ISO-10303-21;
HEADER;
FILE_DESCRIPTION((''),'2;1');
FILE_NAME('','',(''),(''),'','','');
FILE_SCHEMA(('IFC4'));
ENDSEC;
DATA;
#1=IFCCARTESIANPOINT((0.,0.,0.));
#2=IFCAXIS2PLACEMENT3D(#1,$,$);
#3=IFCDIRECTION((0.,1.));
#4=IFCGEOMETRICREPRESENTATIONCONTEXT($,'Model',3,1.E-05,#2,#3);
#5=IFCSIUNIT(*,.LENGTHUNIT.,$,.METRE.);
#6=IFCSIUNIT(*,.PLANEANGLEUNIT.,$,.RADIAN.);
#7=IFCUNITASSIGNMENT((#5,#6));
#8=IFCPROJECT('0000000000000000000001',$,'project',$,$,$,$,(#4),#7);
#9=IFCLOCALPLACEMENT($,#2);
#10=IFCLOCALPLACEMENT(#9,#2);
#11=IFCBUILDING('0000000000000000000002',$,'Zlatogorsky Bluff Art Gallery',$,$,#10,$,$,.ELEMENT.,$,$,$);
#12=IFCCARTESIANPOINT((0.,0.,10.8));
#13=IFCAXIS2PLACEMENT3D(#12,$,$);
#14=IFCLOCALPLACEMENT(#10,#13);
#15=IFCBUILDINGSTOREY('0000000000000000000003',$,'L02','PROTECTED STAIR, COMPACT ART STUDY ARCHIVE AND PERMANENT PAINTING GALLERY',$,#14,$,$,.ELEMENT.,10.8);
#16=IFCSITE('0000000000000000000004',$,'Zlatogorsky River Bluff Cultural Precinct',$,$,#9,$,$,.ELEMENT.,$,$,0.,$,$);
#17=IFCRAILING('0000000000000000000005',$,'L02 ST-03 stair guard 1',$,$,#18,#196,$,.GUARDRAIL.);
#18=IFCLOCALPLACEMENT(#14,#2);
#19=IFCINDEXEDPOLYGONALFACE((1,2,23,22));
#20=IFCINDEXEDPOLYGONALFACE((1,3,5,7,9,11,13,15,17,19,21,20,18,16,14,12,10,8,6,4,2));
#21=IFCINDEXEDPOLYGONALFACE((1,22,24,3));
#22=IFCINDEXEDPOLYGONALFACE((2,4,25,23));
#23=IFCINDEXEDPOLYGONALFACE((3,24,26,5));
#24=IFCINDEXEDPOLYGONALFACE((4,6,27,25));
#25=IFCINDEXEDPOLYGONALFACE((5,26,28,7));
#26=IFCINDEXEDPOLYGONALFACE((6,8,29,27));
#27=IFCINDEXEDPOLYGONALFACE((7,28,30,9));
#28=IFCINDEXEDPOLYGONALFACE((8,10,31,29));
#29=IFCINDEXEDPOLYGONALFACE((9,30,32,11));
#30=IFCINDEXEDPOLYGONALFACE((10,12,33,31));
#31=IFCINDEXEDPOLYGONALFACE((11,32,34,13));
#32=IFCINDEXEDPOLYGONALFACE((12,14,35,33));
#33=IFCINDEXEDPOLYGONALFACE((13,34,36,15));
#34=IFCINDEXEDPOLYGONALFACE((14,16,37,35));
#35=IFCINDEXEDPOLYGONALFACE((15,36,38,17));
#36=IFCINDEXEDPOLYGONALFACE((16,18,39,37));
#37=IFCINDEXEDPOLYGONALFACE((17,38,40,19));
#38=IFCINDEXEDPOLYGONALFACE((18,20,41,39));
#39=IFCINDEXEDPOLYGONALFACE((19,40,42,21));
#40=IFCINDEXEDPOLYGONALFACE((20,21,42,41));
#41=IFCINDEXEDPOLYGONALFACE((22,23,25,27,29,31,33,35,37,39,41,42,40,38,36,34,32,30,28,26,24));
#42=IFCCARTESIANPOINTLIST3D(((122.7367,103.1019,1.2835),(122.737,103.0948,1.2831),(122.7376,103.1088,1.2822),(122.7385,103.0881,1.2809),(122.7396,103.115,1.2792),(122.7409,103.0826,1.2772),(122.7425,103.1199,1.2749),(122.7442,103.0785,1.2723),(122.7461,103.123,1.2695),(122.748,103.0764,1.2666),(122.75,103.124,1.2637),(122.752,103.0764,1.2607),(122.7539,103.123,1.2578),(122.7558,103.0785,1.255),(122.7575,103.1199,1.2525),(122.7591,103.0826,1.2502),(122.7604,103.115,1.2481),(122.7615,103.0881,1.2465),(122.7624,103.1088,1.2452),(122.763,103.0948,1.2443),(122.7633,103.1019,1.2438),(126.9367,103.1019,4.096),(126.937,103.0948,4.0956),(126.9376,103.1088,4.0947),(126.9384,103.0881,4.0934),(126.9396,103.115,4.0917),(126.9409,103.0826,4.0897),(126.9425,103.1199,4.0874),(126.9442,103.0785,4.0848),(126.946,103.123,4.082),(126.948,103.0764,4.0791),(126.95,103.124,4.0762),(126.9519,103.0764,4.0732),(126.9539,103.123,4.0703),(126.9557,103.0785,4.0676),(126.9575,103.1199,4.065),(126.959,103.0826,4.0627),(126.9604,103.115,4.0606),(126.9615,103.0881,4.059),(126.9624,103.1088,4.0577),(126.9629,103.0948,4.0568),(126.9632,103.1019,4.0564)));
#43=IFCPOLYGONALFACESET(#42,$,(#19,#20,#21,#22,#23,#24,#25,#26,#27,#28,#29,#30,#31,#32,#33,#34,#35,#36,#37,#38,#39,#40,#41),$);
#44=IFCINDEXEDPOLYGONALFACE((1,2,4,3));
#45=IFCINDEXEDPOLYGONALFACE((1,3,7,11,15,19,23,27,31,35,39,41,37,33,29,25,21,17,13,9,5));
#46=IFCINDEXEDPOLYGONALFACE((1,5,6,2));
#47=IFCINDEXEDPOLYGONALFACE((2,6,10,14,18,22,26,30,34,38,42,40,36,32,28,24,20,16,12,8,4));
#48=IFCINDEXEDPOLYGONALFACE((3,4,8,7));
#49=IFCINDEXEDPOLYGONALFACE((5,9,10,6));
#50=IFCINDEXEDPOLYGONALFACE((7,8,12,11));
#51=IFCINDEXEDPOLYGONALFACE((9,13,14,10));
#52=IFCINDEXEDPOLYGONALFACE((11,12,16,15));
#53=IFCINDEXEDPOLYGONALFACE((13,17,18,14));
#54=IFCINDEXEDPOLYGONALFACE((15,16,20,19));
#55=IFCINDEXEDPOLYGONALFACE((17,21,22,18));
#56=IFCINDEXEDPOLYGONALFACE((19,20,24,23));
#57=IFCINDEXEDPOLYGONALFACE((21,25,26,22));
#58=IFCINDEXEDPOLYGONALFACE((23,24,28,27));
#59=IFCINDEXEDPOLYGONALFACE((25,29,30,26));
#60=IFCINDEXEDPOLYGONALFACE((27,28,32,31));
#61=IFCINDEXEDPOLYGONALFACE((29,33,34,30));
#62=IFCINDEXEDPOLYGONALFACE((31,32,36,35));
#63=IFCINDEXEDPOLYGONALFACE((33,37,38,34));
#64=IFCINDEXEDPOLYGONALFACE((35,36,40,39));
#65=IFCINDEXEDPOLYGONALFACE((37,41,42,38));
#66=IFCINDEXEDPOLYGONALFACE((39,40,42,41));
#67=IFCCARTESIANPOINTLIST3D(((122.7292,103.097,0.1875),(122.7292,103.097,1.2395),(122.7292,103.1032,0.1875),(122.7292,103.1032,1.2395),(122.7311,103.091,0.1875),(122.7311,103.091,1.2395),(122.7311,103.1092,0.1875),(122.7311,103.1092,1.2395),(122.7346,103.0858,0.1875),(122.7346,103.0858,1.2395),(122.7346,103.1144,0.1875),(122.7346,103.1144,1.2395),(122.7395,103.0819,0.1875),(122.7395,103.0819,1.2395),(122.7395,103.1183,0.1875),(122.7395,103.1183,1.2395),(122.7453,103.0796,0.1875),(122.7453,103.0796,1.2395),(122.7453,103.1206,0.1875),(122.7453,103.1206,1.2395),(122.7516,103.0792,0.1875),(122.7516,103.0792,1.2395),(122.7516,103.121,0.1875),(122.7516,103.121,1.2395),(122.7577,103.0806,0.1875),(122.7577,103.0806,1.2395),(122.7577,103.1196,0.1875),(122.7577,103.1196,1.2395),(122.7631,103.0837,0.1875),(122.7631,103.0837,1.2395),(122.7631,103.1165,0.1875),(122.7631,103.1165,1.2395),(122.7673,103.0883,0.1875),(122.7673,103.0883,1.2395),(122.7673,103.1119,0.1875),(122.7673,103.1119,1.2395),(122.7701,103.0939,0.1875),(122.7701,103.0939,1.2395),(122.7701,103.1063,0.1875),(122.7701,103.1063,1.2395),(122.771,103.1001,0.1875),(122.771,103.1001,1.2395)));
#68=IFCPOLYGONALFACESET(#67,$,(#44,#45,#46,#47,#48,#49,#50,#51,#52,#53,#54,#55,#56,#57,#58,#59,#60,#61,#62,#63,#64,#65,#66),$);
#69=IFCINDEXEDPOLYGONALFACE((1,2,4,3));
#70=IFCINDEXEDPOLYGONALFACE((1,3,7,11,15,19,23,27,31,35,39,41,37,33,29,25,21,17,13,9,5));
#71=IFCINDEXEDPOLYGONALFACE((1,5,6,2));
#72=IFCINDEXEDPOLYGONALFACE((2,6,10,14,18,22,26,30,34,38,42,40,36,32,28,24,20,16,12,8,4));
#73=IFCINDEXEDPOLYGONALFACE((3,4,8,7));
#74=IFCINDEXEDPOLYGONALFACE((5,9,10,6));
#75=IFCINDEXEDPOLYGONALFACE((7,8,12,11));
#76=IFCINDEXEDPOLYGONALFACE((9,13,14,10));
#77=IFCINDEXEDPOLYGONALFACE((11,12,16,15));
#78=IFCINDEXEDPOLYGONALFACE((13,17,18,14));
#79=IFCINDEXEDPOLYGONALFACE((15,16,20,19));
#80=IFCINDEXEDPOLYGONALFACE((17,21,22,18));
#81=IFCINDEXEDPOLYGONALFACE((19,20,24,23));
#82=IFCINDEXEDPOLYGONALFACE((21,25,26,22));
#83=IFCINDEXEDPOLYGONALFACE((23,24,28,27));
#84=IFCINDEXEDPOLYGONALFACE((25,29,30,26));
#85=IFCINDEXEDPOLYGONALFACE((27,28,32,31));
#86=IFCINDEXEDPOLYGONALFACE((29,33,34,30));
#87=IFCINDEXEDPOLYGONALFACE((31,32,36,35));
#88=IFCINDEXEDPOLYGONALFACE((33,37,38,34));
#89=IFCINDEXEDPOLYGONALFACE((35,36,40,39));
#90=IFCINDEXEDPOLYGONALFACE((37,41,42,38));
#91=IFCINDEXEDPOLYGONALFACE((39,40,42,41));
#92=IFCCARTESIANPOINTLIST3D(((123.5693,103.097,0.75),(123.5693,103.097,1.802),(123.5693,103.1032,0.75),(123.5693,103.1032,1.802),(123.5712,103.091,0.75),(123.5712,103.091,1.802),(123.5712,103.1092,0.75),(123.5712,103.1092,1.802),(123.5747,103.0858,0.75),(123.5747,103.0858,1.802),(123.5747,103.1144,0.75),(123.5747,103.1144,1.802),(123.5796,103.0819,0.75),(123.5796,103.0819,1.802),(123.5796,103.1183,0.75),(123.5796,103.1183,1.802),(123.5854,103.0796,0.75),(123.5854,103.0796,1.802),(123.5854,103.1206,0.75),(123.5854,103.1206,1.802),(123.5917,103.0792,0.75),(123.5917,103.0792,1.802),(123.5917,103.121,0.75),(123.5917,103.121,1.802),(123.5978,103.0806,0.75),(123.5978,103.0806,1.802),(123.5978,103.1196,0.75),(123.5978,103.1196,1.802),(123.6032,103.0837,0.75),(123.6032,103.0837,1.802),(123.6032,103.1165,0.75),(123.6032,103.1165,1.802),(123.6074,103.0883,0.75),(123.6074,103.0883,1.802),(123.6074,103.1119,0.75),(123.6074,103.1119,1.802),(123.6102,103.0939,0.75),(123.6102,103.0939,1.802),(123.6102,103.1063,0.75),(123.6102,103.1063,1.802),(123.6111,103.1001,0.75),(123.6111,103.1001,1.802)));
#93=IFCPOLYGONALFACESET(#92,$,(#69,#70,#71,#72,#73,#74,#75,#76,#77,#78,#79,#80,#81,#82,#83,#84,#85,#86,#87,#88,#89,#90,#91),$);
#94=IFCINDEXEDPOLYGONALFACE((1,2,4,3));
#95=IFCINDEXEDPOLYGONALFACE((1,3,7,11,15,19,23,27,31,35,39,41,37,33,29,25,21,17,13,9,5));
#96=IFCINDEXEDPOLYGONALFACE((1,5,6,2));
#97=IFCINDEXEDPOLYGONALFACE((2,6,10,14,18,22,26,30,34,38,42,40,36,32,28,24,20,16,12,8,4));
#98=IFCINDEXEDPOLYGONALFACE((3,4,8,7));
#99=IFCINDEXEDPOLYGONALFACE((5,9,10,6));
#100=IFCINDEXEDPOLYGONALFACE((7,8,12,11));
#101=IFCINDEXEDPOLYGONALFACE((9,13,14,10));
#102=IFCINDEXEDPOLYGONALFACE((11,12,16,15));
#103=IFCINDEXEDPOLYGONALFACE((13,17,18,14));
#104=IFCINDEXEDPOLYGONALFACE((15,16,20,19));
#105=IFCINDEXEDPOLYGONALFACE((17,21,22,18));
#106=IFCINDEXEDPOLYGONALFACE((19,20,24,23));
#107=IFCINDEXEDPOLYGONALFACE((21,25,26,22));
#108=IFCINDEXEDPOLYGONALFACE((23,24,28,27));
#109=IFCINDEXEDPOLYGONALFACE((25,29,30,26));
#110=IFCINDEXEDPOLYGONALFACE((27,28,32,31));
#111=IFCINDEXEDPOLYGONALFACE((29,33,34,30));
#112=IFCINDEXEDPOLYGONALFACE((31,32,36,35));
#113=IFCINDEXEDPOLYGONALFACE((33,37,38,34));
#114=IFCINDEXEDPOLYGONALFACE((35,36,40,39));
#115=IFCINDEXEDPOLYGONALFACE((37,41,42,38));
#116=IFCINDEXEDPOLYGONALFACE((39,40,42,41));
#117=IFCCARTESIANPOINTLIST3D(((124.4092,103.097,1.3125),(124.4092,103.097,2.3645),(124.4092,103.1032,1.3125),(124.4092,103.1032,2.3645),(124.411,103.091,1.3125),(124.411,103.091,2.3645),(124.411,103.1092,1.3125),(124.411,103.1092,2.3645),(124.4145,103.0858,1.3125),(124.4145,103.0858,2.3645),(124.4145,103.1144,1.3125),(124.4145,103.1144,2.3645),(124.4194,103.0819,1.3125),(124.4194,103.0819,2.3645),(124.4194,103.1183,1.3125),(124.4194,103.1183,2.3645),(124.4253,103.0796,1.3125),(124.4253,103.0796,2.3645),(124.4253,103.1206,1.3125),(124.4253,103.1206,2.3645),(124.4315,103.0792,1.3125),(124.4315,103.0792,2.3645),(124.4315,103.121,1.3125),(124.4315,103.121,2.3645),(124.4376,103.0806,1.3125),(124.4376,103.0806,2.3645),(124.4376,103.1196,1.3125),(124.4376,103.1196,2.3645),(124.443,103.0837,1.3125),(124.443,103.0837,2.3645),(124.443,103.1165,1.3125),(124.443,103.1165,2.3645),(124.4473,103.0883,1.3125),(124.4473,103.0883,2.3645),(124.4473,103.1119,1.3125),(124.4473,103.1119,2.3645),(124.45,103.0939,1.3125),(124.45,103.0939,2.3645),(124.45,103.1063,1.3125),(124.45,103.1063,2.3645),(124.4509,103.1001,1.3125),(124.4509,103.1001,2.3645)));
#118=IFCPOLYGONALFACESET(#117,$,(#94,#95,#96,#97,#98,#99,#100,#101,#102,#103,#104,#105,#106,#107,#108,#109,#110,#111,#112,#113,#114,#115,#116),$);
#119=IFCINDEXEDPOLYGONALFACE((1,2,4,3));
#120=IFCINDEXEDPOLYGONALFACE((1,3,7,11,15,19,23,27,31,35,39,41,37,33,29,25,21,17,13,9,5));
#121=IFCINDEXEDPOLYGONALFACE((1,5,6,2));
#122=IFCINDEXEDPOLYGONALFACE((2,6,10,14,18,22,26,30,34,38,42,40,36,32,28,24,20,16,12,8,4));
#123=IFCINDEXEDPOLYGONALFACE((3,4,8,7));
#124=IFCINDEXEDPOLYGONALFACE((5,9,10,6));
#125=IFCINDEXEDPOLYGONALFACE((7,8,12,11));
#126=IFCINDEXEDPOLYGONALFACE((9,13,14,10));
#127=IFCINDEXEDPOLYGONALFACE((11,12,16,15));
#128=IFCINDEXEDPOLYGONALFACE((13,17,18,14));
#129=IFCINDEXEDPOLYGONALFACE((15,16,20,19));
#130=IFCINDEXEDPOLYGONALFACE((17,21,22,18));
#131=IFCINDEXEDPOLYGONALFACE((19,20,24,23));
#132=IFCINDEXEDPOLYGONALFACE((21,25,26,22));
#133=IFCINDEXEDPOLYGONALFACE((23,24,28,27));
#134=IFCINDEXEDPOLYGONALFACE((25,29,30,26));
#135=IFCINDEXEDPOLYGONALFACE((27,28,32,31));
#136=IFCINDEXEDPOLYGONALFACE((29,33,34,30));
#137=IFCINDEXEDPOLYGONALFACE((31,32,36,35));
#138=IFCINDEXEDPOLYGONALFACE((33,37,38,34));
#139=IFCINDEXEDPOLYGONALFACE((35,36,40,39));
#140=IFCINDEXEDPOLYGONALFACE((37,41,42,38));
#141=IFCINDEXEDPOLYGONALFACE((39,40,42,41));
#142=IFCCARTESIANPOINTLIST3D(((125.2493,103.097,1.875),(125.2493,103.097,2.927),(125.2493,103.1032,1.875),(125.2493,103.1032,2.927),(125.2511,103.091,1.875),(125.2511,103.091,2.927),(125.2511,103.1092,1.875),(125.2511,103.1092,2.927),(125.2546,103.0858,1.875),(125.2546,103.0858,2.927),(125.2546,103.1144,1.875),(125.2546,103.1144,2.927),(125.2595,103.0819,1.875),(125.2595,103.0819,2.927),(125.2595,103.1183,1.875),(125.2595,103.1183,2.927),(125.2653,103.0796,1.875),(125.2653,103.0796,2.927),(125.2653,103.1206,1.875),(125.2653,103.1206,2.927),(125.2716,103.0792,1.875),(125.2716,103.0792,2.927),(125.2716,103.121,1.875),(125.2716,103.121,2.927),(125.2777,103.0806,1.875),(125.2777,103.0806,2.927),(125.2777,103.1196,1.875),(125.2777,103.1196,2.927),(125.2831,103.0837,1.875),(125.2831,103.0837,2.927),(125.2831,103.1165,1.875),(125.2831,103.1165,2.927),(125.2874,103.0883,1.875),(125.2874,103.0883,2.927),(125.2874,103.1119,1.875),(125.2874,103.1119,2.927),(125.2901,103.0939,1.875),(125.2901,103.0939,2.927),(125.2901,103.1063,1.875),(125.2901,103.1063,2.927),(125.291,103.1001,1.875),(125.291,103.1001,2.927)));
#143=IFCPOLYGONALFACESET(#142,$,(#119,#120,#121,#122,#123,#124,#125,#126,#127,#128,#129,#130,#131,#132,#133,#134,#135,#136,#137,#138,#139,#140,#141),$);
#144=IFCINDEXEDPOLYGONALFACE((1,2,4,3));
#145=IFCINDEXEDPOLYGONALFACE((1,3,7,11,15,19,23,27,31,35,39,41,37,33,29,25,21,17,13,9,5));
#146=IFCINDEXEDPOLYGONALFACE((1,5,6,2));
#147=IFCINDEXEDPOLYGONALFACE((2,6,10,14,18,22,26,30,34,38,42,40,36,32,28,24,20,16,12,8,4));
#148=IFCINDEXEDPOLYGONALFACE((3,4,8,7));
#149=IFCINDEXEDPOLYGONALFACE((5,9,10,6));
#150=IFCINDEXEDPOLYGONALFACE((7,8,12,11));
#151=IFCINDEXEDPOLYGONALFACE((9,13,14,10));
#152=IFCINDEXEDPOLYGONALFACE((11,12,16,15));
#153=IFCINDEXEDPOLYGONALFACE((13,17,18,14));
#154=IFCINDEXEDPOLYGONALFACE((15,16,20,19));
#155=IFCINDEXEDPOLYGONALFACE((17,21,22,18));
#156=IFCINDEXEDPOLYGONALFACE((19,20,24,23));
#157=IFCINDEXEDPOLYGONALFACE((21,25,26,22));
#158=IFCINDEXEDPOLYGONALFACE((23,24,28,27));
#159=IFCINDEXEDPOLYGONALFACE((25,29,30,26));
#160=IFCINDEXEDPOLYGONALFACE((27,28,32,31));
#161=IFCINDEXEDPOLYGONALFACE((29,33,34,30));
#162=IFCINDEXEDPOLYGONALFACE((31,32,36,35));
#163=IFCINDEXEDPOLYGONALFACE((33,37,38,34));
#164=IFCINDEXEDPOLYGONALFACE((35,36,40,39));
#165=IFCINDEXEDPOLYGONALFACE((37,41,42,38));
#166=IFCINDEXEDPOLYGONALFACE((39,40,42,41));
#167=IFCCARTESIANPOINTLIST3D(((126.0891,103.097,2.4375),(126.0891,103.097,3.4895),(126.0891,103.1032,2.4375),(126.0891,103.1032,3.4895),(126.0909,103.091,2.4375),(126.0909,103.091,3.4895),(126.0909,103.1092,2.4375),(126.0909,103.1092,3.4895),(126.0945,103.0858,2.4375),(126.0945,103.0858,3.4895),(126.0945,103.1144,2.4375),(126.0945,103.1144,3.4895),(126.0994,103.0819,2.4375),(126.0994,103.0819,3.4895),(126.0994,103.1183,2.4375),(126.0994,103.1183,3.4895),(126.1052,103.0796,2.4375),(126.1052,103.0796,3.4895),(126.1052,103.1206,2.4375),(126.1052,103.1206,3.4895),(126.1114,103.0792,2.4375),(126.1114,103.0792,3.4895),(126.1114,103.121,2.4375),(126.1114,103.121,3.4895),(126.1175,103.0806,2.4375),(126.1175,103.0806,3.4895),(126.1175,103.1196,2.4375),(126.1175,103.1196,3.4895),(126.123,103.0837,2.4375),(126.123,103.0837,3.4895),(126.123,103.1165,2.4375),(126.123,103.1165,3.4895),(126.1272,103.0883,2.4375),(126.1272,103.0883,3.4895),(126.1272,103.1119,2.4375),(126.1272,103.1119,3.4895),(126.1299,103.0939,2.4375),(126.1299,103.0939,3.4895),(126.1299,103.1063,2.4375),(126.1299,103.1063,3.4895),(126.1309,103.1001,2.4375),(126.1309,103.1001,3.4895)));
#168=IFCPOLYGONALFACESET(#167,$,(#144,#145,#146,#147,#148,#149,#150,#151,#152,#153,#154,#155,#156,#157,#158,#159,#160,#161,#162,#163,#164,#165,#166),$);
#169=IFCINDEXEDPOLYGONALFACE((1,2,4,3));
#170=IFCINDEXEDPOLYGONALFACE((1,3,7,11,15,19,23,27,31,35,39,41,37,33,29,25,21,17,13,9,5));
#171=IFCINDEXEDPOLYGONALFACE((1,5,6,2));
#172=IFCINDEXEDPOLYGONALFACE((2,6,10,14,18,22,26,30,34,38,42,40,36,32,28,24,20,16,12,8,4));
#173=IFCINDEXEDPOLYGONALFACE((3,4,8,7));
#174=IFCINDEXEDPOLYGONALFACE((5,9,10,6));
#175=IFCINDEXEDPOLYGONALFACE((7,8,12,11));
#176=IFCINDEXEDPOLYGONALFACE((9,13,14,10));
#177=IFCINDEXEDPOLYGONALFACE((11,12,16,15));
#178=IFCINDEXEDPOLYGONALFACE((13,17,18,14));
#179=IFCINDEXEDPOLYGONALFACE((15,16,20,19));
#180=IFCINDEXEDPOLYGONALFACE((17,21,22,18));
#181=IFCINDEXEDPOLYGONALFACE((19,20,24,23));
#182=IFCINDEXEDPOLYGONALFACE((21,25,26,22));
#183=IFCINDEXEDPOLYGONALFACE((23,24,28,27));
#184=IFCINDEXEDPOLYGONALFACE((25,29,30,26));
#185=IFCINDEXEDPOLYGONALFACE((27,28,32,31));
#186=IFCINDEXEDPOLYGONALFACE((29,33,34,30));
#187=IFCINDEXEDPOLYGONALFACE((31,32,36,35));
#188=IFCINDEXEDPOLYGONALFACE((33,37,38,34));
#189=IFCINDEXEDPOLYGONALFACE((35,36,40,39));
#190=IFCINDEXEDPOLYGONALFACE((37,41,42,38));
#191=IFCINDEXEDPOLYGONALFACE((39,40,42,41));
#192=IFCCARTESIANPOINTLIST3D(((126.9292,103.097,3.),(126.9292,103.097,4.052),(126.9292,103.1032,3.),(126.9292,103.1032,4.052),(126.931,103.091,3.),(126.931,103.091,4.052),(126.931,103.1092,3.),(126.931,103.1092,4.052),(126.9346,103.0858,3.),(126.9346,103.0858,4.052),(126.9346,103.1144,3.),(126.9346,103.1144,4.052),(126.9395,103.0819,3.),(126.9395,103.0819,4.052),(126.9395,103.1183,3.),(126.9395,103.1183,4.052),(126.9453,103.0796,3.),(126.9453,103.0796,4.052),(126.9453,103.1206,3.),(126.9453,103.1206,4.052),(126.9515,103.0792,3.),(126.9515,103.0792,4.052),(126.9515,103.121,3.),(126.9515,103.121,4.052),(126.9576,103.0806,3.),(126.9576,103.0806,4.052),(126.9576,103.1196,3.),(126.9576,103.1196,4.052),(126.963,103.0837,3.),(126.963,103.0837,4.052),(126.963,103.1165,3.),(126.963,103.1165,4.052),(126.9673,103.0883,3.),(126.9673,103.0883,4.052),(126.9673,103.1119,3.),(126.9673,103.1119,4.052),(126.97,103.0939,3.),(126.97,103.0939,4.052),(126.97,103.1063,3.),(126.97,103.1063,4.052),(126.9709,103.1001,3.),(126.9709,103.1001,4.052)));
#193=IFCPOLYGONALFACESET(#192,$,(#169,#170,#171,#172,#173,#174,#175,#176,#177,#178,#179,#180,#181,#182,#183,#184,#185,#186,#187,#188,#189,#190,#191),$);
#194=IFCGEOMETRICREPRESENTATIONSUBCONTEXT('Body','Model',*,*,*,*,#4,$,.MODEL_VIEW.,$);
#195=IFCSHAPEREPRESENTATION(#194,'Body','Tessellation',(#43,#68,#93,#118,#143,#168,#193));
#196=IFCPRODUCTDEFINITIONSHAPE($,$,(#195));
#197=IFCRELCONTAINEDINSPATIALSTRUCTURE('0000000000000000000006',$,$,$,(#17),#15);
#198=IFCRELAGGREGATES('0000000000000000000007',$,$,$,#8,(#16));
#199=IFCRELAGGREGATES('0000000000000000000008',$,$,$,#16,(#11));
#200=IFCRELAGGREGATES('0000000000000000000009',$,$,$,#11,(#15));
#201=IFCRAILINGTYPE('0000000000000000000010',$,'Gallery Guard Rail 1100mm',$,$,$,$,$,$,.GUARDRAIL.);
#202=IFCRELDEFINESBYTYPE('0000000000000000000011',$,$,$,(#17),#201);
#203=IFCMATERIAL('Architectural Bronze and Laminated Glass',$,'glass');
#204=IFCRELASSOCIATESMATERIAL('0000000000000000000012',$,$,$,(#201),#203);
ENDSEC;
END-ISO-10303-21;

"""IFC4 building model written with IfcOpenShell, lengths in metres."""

from ifc_helpers import new_model, si_unit, direction, frame, origin, origin_2d, place, context, subcontext, project, spatial, circle, extrude, material, type_object, element, save


model = new_model("IFC4")

# Units and contexts
model_context = context("Model", 3, precision=1e-05, world=origin(), true_north=direction((0.0, 1.0)))
body_context = subcontext(model_context, "Body", "Model", "MODEL_VIEW")
ifc_project = project(units=[si_unit("LENGTHUNIT", "METRE"), si_unit("PLANEANGLEUNIT", "RADIAN")], contexts=[model_context])

# Site, building, storey
site_placement = place(None, origin())
site = spatial("IfcSite", under=ifc_project, at=site_placement, Name="Zlatogorsky River Bluff Cultural Precinct", CompositionType="ELEMENT", RefElevation=0.0)
building_placement = place(site_placement, origin())
building = spatial("IfcBuilding", under=site, at=building_placement, Name="Zlatogorsky Bluff Art Gallery", CompositionType="ELEMENT")
storey_placement = place(building_placement, frame((0.0, 0.0, 10.8)))
storey = spatial("IfcBuildingStorey", under=building, at=storey_placement, Name="L02", Description="PROTECTED STAIR, COMPACT ART STUDY ARCHIVE AND PERMANENT PAINTING GALLERY", CompositionType="ELEMENT", Elevation=10.8)

# Railing
ifc_material_1 = material(Name="Architectural Bronze and Laminated Glass", Category="glass")
railing_type_1 = type_object("IfcRailingType", Name="Gallery Guard Rail 1100mm", PredefinedType="GUARDRAIL", material=ifc_material_1)
railing_1_placement = place(storey_placement, frame((122.75, 103.1001, 0.1875)))
element("IfcRailing", 1, at=railing_1_placement, inside=storey, type_object=railing_type_1, Name="L02 ST-03 stair guard 1", PredefinedType="GUARDRAIL", context=body_context, shape_type="SweptSolid", body=[
    extrude(circle(Radius=0.0239, at=origin_2d()), frame((0.0, 0.0, 1.0762), z_axis=(0.830904, 0.0, 0.556416), x_axis=(0.0, 1.0, 0.0)), (0.0, 0.0, 1.0), 5.0547),
    extrude(circle(Radius=0.021, at=origin_2d()), origin(), (0.0, 0.0, 1.0), 1.052),
    extrude(circle(Radius=0.021, at=origin_2d()), frame((0.8401, 0.0, 0.5625)), (0.0, 0.0, 1.0), 1.052),
    extrude(circle(Radius=0.021, at=origin_2d()), frame((1.6799, 0.0, 1.125)), (0.0, 0.0, 1.0), 1.052),
    extrude(circle(Radius=0.021, at=origin_2d()), frame((2.52, 0.0, 1.6875)), (0.0, 0.0, 1.0), 1.052),
    extrude(circle(Radius=0.021, at=origin_2d()), frame((3.3599, 0.0, 2.25)), (0.0, 0.0, 1.0), 1.052),
    extrude(circle(Radius=0.021, at=origin_2d()), frame((4.2, 0.0, 2.8125)), (0.0, 0.0, 1.0), 1.052),
])

save(model, "model.ifc")
